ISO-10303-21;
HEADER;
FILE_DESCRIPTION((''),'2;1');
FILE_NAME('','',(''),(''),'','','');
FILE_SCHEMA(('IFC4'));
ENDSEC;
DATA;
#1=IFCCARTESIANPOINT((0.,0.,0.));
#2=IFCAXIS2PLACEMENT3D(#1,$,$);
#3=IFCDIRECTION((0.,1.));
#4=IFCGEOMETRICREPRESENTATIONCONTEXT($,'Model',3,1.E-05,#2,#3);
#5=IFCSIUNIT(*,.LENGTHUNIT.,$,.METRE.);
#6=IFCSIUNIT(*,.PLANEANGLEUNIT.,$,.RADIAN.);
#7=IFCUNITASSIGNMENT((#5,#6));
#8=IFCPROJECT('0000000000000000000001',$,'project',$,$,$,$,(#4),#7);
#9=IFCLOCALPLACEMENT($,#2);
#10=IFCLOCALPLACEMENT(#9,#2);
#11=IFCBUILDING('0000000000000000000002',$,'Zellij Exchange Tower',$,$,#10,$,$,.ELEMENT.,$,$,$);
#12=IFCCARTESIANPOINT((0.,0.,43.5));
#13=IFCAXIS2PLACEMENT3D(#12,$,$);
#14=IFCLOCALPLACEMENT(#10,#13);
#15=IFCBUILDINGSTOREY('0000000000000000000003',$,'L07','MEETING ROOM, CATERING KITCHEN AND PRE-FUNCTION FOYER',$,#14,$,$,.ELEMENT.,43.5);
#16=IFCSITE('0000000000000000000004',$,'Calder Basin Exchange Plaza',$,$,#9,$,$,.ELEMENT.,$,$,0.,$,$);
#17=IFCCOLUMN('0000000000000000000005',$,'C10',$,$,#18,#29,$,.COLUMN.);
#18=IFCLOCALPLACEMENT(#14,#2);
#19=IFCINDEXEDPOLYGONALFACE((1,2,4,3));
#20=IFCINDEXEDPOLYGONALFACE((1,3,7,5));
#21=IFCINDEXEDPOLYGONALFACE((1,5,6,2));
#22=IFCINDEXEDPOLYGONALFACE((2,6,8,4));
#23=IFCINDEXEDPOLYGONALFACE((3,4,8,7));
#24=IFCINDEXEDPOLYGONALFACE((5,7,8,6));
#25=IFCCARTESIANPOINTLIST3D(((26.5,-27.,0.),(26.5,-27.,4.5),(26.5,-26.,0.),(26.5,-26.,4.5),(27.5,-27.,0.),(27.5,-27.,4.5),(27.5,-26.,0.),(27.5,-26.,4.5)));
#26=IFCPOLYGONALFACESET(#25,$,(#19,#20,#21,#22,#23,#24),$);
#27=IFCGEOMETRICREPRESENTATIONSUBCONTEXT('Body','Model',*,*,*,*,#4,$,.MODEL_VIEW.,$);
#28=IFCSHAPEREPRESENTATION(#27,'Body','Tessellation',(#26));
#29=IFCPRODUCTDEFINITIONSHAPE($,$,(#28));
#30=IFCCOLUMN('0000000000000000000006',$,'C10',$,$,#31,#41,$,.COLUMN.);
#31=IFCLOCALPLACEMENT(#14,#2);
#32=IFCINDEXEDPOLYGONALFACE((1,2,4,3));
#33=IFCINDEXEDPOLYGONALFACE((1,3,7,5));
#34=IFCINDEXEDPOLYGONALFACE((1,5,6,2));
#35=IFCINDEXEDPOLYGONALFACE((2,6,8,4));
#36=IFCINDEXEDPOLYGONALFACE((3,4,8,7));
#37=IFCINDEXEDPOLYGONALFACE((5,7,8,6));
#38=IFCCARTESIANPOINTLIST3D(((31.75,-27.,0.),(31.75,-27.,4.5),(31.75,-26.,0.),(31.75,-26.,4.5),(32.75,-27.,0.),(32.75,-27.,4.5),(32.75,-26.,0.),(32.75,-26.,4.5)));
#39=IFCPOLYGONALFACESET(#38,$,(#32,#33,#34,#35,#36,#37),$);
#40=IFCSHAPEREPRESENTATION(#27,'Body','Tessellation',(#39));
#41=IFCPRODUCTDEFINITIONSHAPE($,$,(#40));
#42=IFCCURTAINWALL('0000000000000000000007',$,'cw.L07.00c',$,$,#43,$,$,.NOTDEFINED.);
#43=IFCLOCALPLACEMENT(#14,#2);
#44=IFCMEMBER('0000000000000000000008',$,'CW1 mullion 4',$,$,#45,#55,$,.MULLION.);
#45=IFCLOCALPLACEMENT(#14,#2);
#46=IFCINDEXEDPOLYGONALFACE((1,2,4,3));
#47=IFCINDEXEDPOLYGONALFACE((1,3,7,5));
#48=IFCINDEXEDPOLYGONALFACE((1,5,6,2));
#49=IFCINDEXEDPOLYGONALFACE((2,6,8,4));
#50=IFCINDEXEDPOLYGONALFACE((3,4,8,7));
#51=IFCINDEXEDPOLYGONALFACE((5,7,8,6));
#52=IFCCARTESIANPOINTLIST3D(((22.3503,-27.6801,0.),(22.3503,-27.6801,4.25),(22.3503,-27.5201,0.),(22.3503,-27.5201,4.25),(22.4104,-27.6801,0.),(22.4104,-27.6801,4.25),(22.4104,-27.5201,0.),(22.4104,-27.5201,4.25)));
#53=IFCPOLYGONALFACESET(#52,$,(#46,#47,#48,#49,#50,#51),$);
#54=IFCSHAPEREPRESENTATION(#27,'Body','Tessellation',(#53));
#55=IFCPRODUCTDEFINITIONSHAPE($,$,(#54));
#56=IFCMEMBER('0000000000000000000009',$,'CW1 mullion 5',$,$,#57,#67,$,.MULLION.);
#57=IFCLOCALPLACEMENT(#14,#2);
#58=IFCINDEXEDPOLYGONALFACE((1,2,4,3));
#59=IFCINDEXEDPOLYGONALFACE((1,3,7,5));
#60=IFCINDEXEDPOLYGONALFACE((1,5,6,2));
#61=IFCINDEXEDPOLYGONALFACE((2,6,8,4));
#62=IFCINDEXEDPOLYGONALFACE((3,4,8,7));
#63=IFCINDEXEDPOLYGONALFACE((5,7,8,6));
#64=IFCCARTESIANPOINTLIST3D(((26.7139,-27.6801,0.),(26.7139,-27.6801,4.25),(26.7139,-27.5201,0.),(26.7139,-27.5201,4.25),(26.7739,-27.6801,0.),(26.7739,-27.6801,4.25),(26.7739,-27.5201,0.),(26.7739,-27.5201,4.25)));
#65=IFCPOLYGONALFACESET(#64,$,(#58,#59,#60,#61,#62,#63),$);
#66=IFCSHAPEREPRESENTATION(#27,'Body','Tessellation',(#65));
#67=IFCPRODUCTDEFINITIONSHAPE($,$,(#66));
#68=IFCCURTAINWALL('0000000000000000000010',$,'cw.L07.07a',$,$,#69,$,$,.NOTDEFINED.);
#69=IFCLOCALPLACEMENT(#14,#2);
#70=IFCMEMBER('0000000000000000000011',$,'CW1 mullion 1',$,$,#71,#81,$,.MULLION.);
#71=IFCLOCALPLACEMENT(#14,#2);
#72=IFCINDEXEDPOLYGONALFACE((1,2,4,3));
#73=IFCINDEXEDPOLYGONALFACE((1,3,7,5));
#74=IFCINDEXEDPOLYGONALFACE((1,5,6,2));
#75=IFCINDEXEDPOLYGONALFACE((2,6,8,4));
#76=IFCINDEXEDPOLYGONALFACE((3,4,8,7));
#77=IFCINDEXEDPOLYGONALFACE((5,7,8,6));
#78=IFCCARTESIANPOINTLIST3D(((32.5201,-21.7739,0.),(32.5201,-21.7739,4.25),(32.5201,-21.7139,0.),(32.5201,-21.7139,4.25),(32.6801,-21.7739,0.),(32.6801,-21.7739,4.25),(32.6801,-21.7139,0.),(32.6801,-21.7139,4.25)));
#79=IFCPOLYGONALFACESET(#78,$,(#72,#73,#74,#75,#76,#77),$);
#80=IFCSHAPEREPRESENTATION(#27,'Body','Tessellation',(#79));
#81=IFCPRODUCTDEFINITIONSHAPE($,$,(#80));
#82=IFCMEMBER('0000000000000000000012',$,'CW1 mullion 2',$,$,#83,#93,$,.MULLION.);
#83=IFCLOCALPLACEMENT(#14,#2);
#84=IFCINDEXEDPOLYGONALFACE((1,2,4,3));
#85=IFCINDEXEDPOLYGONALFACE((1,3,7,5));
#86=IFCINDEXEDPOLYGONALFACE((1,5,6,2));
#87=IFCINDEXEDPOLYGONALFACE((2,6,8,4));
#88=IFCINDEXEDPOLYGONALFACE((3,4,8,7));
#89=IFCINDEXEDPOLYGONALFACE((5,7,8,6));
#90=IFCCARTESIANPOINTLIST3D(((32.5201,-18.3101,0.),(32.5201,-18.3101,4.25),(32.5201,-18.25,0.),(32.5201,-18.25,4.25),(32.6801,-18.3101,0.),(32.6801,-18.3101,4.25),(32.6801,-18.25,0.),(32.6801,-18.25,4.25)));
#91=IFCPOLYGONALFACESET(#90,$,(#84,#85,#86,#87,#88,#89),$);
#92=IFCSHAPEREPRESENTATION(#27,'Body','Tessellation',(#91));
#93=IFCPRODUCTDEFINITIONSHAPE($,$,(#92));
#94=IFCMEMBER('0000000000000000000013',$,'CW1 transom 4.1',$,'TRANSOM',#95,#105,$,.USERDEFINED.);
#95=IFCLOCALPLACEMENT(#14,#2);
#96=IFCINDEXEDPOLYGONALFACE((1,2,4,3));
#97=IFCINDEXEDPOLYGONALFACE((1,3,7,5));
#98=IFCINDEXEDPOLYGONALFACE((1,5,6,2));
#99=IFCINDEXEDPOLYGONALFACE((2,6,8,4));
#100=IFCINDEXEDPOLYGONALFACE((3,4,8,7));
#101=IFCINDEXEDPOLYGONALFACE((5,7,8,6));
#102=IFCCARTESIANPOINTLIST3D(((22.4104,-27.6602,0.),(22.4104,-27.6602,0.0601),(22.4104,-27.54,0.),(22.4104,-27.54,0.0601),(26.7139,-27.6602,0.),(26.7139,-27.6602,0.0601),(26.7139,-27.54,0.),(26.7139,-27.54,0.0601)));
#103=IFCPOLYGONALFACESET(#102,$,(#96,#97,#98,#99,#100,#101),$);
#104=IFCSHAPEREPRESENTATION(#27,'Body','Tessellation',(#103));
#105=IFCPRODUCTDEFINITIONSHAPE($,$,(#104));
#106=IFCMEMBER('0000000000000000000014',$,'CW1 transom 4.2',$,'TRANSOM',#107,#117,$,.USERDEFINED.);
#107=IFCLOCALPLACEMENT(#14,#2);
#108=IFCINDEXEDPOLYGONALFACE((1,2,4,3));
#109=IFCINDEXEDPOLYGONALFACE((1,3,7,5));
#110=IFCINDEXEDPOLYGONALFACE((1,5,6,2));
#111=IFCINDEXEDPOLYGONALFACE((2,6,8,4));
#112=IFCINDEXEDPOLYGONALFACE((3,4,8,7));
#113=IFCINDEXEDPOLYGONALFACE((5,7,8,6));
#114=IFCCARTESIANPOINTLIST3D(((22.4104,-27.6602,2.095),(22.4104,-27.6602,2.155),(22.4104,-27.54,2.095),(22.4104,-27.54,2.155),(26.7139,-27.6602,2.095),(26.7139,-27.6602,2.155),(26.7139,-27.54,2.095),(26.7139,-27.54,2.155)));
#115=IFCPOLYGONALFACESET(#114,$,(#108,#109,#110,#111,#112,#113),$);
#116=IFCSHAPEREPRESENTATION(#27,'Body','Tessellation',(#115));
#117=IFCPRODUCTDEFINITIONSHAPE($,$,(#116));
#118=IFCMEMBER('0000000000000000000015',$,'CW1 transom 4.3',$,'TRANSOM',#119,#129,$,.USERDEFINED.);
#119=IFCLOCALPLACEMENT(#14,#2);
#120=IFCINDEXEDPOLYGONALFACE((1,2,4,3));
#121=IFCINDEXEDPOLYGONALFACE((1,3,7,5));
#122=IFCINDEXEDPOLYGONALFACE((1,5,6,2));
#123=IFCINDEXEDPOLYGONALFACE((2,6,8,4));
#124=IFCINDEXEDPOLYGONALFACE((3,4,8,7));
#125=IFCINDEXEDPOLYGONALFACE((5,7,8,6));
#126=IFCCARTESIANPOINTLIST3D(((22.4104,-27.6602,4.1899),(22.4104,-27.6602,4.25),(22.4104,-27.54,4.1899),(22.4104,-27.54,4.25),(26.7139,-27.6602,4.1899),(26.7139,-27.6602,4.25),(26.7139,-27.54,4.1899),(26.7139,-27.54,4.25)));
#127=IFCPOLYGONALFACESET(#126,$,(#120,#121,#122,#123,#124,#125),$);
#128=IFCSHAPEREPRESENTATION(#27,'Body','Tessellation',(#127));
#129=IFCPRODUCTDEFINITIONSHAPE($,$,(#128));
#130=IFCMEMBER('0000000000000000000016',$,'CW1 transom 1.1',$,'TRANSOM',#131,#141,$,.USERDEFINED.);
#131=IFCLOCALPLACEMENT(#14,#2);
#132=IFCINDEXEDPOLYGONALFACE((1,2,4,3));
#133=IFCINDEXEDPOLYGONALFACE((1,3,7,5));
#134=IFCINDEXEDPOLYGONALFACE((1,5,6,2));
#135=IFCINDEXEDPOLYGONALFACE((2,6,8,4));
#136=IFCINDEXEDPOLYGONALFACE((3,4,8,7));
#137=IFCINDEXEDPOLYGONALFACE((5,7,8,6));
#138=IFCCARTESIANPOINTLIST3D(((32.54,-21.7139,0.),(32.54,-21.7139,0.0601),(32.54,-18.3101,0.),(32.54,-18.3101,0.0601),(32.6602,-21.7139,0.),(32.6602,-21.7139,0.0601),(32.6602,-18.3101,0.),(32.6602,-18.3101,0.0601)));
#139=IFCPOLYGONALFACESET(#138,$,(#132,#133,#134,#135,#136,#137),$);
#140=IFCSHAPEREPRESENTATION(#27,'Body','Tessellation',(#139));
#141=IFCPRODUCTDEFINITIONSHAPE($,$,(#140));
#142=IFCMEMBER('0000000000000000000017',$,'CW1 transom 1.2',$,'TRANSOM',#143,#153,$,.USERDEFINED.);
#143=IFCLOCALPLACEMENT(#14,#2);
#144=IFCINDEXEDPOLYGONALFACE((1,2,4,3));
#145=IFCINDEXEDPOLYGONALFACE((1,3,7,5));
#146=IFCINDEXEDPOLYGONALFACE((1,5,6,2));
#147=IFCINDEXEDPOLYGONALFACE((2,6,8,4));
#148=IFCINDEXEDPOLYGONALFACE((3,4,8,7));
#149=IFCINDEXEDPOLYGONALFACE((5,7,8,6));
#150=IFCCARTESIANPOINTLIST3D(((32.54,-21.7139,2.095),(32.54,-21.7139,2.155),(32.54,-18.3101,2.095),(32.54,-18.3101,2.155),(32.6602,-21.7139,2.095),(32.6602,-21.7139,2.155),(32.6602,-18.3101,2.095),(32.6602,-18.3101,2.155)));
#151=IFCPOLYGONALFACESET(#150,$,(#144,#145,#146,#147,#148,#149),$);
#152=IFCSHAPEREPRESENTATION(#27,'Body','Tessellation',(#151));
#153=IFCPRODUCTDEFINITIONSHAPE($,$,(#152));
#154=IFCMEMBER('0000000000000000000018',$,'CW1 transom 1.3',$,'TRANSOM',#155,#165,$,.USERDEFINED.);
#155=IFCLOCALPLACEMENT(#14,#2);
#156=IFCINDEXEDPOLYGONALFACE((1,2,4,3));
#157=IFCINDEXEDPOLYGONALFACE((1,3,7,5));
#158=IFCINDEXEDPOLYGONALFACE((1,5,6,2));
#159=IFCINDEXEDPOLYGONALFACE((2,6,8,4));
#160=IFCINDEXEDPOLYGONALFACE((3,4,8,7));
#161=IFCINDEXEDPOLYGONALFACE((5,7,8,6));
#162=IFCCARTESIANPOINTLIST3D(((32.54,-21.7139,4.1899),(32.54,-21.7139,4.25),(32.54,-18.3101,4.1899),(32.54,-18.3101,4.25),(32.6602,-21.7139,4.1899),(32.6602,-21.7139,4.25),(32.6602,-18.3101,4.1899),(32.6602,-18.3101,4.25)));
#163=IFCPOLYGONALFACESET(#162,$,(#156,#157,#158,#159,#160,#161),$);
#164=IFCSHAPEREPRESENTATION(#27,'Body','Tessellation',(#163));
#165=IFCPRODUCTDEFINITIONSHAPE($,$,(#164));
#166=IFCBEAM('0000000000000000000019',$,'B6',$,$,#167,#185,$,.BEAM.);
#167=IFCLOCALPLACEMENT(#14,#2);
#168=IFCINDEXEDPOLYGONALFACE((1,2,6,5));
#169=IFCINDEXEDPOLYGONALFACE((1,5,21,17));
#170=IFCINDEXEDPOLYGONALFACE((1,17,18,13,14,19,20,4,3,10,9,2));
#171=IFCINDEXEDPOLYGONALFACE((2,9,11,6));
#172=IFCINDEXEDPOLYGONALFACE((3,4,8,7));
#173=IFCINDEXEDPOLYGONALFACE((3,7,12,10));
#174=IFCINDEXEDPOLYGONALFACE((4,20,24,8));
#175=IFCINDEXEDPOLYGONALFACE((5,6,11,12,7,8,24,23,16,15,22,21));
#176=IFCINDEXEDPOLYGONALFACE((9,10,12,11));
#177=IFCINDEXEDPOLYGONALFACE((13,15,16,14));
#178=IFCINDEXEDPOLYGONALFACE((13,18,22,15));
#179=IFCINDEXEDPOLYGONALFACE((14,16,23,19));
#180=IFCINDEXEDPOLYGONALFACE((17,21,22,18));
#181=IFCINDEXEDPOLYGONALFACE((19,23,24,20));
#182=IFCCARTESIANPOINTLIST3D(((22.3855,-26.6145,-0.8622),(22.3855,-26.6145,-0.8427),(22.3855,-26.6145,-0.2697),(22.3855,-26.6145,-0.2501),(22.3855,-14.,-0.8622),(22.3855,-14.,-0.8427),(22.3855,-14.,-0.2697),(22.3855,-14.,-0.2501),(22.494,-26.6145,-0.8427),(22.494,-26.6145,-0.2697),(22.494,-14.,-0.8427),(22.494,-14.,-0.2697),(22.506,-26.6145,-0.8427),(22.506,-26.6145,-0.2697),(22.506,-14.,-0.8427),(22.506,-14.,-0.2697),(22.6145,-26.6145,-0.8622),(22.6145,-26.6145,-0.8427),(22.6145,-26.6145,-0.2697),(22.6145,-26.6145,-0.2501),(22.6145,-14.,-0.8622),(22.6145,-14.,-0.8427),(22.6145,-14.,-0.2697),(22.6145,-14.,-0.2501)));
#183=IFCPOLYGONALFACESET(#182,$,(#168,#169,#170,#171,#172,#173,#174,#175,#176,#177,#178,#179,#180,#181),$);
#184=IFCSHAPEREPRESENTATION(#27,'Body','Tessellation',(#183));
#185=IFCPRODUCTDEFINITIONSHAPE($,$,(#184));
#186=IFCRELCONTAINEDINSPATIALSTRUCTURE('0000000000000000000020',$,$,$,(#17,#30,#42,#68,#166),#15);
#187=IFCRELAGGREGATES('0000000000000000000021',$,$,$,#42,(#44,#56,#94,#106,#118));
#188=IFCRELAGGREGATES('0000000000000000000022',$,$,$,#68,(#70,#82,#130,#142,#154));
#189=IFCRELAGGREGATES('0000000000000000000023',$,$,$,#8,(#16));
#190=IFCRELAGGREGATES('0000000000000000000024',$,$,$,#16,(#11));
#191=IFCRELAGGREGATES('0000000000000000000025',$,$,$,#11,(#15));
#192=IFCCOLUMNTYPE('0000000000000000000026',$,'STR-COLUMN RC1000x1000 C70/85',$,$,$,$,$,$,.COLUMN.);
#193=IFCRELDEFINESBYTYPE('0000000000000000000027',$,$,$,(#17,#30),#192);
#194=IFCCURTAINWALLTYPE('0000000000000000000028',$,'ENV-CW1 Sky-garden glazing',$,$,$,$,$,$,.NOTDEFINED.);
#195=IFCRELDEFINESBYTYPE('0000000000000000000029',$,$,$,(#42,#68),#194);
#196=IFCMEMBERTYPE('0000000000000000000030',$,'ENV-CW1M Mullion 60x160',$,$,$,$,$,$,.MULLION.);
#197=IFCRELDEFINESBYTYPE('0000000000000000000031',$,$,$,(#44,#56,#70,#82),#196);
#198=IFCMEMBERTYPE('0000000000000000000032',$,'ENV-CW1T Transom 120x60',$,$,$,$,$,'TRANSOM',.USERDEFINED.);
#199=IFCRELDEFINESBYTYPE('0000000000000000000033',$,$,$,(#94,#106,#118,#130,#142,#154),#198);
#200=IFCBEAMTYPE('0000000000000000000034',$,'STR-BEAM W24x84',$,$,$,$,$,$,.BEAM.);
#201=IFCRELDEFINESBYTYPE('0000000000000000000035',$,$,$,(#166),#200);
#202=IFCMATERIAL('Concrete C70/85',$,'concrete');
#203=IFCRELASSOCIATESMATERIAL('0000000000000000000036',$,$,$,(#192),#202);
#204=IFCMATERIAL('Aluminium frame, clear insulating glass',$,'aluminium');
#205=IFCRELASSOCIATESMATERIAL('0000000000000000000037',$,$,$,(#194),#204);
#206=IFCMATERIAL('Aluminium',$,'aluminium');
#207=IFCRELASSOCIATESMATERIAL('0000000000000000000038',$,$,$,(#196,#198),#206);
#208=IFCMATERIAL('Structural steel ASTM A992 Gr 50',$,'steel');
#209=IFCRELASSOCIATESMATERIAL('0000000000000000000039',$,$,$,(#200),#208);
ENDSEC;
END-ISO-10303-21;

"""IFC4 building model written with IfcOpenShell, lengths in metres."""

from ifc_helpers import new_model, si_unit, direction, frame, origin, origin_2d, place, context, subcontext, project, spatial, rectangle, i_section, extrude, material, material_profile, profile_set, type_object, element, aggregate, save


model = new_model("IFC4")

# Units and contexts
model_context = context("Model", 3, precision=1e-05, world=origin(), true_north=direction((0.0, 1.0)))
body_context = subcontext(model_context, "Body", "Model", "MODEL_VIEW")
ifc_project = project(units=[si_unit("LENGTHUNIT", "METRE"), si_unit("PLANEANGLEUNIT", "RADIAN")], contexts=[model_context])

# Site, building, storey
site_placement = place(None, origin())
site = spatial("IfcSite", under=ifc_project, at=site_placement, Name="Calder Basin Exchange Plaza", CompositionType="ELEMENT", RefElevation=0.0)
building_placement = place(site_placement, origin())
building = spatial("IfcBuilding", under=site, at=building_placement, Name="Zellij Exchange Tower", CompositionType="ELEMENT")
storey_placement = place(building_placement, frame((0.0, 0.0, 43.5)))
storey = spatial("IfcBuildingStorey", under=building, at=storey_placement, Name="L07", Description="MEETING ROOM, CATERING KITCHEN AND PRE-FUNCTION FOYER", CompositionType="ELEMENT", Elevation=43.5)

# Columns
ifc_material_1 = material(Name="Concrete C70/85", Category="concrete")
ifc_material_profile_1 = material_profile(ifc_material_1, rectangle(XDim=1.0, YDim=1.0, at=origin_2d()), Name="STR-COLUMN RC1000x1000 C70/85")
ifc_profile_set_1 = profile_set([ifc_material_profile_1], Name="Concrete C70/85")
column_type = type_object("IfcColumnType", Name="STR-COLUMN RC1000x1000 C70/85", PredefinedType="COLUMN", material=ifc_profile_set_1)
for number, where, z_axis, x_axis, name in (
    (1, (27.0, -26.5, 0.0), (0.0, 0.0, 1.0), (1.0, 0.0, 0.0), "C10"),
    (2, (32.25, -26.5, 0.0), (0.0, 0.0, 1.0), (1.0, 0.0, 0.0), "C10"),
):
    element("IfcColumn", number, at=place(storey_placement, frame(where, z_axis=z_axis, x_axis=x_axis)), inside=storey, type_object=column_type, Name=name, PredefinedType="COLUMN", context=body_context, shape_type="SweptSolid", body=[
        extrude(rectangle(XDim=1.0, YDim=1.0, at=origin_2d()), origin(), (0.0, 0.0, 1.0), 4.5),
    ])

# Curtain walls, members
ifc_material_2 = material(Name="Aluminium frame, clear insulating glass", Category="aluminium")
curtain_wall_type = type_object("IfcCurtainWallType", Name="ENV-CW1 Sky-garden glazing", PredefinedType="NOTDEFINED", material=ifc_material_2)
curtain_wall_1_placement = place(storey_placement, origin())
curtain_wall_1 = element("IfcCurtainWall", 3, at=curtain_wall_1_placement, inside=storey, type_object=curtain_wall_type, Name="cw.L07.00c", PredefinedType="NOTDEFINED")
ifc_material_3 = material(Name="Aluminium", Category="aluminium")
ifc_material_profile_2 = material_profile(ifc_material_3, rectangle(XDim=0.0601, YDim=0.1599, at=origin_2d()), Name="AL 60x160")
ifc_profile_set_2 = profile_set([ifc_material_profile_2], Name="Aluminium")
member_type_1 = type_object("IfcMemberType", Name="ENV-CW1M Mullion 60x160", PredefinedType="MULLION", material=ifc_profile_set_2)
member_1_placement = place(storey_placement, frame((22.3804, -27.6001, 0.0), z_axis=(0.0, 0.0, 1.0), x_axis=(1.0, 0.0, 0.0)))
member_1 = element("IfcMember", 4, at=member_1_placement, type_object=member_type_1, Name="CW1 mullion 4", PredefinedType="MULLION", context=body_context, shape_type="SweptSolid", body=[
    extrude(rectangle(XDim=0.0601, YDim=0.1599, at=origin_2d()), origin(), (0.0, 0.0, 1.0), 4.25),
])
member_2_placement = place(storey_placement, frame((26.7439, -27.6001, 0.0), z_axis=(0.0, 0.0, 1.0), x_axis=(1.0, 0.0, 0.0)))
member_2 = element("IfcMember", 5, at=member_2_placement, type_object=member_type_1, Name="CW1 mullion 5", PredefinedType="MULLION", context=body_context, shape_type="SweptSolid", body=[
    extrude(rectangle(XDim=0.0601, YDim=0.1599, at=origin_2d()), origin(), (0.0, 0.0, 1.0), 4.25),
])
curtain_wall_2_placement = place(storey_placement, origin())
curtain_wall_2 = element("IfcCurtainWall", 6, at=curtain_wall_2_placement, inside=storey, type_object=curtain_wall_type, Name="cw.L07.07a", PredefinedType="NOTDEFINED")
member_3_placement = place(storey_placement, frame((32.6001, -21.7439, 0.0), z_axis=(0.0, 0.0, 1.0), x_axis=(0.0, 1.0, 0.0)))
member_3 = element("IfcMember", 7, at=member_3_placement, type_object=member_type_1, Name="CW1 mullion 1", PredefinedType="MULLION", context=body_context, shape_type="SweptSolid", body=[
    extrude(rectangle(XDim=0.0601, YDim=0.1599, at=origin_2d()), origin(), (0.0, 0.0, 1.0), 4.25),
])
member_4_placement = place(storey_placement, frame((32.6001, -18.28, 0.0), z_axis=(0.0, 0.0, 1.0), x_axis=(0.0, 1.0, 0.0)))
member_4 = element("IfcMember", 8, at=member_4_placement, type_object=member_type_1, Name="CW1 mullion 2", PredefinedType="MULLION", context=body_context, shape_type="SweptSolid", body=[
    extrude(rectangle(XDim=0.0601, YDim=0.1599, at=origin_2d()), origin(), (0.0, 0.0, 1.0), 4.25),
])

# Members
ifc_material_profile_3 = material_profile(ifc_material_3, rectangle(XDim=0.1201, YDim=0.0601, at=origin_2d()), Name="AL 120x60")
ifc_profile_set_3 = profile_set([ifc_material_profile_3], Name="Aluminium")
member_type_2 = type_object("IfcMemberType", Name="ENV-CW1T Transom 120x60", ElementType="TRANSOM", PredefinedType="USERDEFINED", material=ifc_profile_set_3)
member_5_placement = place(storey_placement, frame((22.4104, -27.6001, 0.03), z_axis=(1.0, 0.0, 0.0), x_axis=(0.0, 1.0, 0.0)))
member_5 = element("IfcMember", 9, at=member_5_placement, type_object=member_type_2, Name="CW1 transom 4.1", ObjectType="TRANSOM", PredefinedType="USERDEFINED", context=body_context, shape_type="SweptSolid", body=[
    extrude(rectangle(XDim=0.1201, YDim=0.0601, at=origin_2d()), origin(), (0.0, 0.0, 1.0), 4.3035),
])
member_6_placement = place(storey_placement, frame((22.4104, -27.6001, 2.125), z_axis=(1.0, 0.0, 0.0), x_axis=(0.0, 1.0, 0.0)))
member_6 = element("IfcMember", 10, at=member_6_placement, type_object=member_type_2, Name="CW1 transom 4.2", ObjectType="TRANSOM", PredefinedType="USERDEFINED", context=body_context, shape_type="SweptSolid", body=[
    extrude(rectangle(XDim=0.1201, YDim=0.0601, at=origin_2d()), origin(), (0.0, 0.0, 1.0), 4.3035),
])
member_7_placement = place(storey_placement, frame((22.4104, -27.6001, 4.22), z_axis=(1.0, 0.0, 0.0), x_axis=(0.0, 1.0, 0.0)))
member_7 = element("IfcMember", 11, at=member_7_placement, type_object=member_type_2, Name="CW1 transom 4.3", ObjectType="TRANSOM", PredefinedType="USERDEFINED", context=body_context, shape_type="SweptSolid", body=[
    extrude(rectangle(XDim=0.1201, YDim=0.0601, at=origin_2d()), origin(), (0.0, 0.0, 1.0), 4.3035),
])
member_8_placement = place(storey_placement, frame((32.6001, -21.7139, 0.03), z_axis=(0.0, 1.0, 0.0), x_axis=(-1.0, 0.0, 0.0)))
member_8 = element("IfcMember", 12, at=member_8_placement, type_object=member_type_2, Name="CW1 transom 1.1", ObjectType="TRANSOM", PredefinedType="USERDEFINED", context=body_context, shape_type="SweptSolid", body=[
    extrude(rectangle(XDim=0.1201, YDim=0.0601, at=origin_2d()), origin(), (0.0, 0.0, 1.0), 3.4038),
])
member_9_placement = place(storey_placement, frame((32.6001, -21.7139, 2.125), z_axis=(0.0, 1.0, 0.0), x_axis=(-1.0, 0.0, 0.0)))
member_9 = element("IfcMember", 13, at=member_9_placement, type_object=member_type_2, Name="CW1 transom 1.2", ObjectType="TRANSOM", PredefinedType="USERDEFINED", context=body_context, shape_type="SweptSolid", body=[
    extrude(rectangle(XDim=0.1201, YDim=0.0601, at=origin_2d()), origin(), (0.0, 0.0, 1.0), 3.4038),
])
member_10_placement = place(storey_placement, frame((32.6001, -21.7139, 4.22), z_axis=(0.0, 1.0, 0.0), x_axis=(-1.0, 0.0, 0.0)))
member_10 = element("IfcMember", 14, at=member_10_placement, type_object=member_type_2, Name="CW1 transom 1.3", ObjectType="TRANSOM", PredefinedType="USERDEFINED", context=body_context, shape_type="SweptSolid", body=[
    extrude(rectangle(XDim=0.1201, YDim=0.0601, at=origin_2d()), origin(), (0.0, 0.0, 1.0), 3.4038),
])

# Beam
ifc_material_4 = material(Name="Structural steel ASTM A992 Gr 50", Category="steel")
ifc_material_profile_4 = material_profile(ifc_material_4, i_section(OverallWidth=0.229, OverallDepth=0.6121, WebThickness=0.012, FlangeThickness=0.0195, at=origin_2d()), Name="W24x84")
ifc_profile_set_4 = profile_set([ifc_material_profile_4], Name="Structural steel ASTM A992 Gr 50")
beam_type_1 = type_object("IfcBeamType", Name="STR-BEAM W24x84", PredefinedType="BEAM", material=ifc_profile_set_4)
beam_1_placement = place(storey_placement, frame((22.5, -26.6145, -0.5562), z_axis=(0.0, 1.0, 0.0), x_axis=(-1.0, 0.0, 0.0)))
element("IfcBeam", 15, at=beam_1_placement, inside=storey, type_object=beam_type_1, Name="B6", PredefinedType="BEAM", context=body_context, shape_type="SweptSolid", body=[
    extrude(i_section(OverallWidth=0.229, OverallDepth=0.6121, WebThickness=0.012, FlangeThickness=0.0195, at=origin_2d()), origin(), (0.0, 0.0, 1.0), 12.6145),
])

aggregate(curtain_wall_1, [member_1, member_2, member_5, member_6, member_7])
aggregate(curtain_wall_2, [member_3, member_4, member_8, member_9, member_10])

save(model, "model.ifc")
